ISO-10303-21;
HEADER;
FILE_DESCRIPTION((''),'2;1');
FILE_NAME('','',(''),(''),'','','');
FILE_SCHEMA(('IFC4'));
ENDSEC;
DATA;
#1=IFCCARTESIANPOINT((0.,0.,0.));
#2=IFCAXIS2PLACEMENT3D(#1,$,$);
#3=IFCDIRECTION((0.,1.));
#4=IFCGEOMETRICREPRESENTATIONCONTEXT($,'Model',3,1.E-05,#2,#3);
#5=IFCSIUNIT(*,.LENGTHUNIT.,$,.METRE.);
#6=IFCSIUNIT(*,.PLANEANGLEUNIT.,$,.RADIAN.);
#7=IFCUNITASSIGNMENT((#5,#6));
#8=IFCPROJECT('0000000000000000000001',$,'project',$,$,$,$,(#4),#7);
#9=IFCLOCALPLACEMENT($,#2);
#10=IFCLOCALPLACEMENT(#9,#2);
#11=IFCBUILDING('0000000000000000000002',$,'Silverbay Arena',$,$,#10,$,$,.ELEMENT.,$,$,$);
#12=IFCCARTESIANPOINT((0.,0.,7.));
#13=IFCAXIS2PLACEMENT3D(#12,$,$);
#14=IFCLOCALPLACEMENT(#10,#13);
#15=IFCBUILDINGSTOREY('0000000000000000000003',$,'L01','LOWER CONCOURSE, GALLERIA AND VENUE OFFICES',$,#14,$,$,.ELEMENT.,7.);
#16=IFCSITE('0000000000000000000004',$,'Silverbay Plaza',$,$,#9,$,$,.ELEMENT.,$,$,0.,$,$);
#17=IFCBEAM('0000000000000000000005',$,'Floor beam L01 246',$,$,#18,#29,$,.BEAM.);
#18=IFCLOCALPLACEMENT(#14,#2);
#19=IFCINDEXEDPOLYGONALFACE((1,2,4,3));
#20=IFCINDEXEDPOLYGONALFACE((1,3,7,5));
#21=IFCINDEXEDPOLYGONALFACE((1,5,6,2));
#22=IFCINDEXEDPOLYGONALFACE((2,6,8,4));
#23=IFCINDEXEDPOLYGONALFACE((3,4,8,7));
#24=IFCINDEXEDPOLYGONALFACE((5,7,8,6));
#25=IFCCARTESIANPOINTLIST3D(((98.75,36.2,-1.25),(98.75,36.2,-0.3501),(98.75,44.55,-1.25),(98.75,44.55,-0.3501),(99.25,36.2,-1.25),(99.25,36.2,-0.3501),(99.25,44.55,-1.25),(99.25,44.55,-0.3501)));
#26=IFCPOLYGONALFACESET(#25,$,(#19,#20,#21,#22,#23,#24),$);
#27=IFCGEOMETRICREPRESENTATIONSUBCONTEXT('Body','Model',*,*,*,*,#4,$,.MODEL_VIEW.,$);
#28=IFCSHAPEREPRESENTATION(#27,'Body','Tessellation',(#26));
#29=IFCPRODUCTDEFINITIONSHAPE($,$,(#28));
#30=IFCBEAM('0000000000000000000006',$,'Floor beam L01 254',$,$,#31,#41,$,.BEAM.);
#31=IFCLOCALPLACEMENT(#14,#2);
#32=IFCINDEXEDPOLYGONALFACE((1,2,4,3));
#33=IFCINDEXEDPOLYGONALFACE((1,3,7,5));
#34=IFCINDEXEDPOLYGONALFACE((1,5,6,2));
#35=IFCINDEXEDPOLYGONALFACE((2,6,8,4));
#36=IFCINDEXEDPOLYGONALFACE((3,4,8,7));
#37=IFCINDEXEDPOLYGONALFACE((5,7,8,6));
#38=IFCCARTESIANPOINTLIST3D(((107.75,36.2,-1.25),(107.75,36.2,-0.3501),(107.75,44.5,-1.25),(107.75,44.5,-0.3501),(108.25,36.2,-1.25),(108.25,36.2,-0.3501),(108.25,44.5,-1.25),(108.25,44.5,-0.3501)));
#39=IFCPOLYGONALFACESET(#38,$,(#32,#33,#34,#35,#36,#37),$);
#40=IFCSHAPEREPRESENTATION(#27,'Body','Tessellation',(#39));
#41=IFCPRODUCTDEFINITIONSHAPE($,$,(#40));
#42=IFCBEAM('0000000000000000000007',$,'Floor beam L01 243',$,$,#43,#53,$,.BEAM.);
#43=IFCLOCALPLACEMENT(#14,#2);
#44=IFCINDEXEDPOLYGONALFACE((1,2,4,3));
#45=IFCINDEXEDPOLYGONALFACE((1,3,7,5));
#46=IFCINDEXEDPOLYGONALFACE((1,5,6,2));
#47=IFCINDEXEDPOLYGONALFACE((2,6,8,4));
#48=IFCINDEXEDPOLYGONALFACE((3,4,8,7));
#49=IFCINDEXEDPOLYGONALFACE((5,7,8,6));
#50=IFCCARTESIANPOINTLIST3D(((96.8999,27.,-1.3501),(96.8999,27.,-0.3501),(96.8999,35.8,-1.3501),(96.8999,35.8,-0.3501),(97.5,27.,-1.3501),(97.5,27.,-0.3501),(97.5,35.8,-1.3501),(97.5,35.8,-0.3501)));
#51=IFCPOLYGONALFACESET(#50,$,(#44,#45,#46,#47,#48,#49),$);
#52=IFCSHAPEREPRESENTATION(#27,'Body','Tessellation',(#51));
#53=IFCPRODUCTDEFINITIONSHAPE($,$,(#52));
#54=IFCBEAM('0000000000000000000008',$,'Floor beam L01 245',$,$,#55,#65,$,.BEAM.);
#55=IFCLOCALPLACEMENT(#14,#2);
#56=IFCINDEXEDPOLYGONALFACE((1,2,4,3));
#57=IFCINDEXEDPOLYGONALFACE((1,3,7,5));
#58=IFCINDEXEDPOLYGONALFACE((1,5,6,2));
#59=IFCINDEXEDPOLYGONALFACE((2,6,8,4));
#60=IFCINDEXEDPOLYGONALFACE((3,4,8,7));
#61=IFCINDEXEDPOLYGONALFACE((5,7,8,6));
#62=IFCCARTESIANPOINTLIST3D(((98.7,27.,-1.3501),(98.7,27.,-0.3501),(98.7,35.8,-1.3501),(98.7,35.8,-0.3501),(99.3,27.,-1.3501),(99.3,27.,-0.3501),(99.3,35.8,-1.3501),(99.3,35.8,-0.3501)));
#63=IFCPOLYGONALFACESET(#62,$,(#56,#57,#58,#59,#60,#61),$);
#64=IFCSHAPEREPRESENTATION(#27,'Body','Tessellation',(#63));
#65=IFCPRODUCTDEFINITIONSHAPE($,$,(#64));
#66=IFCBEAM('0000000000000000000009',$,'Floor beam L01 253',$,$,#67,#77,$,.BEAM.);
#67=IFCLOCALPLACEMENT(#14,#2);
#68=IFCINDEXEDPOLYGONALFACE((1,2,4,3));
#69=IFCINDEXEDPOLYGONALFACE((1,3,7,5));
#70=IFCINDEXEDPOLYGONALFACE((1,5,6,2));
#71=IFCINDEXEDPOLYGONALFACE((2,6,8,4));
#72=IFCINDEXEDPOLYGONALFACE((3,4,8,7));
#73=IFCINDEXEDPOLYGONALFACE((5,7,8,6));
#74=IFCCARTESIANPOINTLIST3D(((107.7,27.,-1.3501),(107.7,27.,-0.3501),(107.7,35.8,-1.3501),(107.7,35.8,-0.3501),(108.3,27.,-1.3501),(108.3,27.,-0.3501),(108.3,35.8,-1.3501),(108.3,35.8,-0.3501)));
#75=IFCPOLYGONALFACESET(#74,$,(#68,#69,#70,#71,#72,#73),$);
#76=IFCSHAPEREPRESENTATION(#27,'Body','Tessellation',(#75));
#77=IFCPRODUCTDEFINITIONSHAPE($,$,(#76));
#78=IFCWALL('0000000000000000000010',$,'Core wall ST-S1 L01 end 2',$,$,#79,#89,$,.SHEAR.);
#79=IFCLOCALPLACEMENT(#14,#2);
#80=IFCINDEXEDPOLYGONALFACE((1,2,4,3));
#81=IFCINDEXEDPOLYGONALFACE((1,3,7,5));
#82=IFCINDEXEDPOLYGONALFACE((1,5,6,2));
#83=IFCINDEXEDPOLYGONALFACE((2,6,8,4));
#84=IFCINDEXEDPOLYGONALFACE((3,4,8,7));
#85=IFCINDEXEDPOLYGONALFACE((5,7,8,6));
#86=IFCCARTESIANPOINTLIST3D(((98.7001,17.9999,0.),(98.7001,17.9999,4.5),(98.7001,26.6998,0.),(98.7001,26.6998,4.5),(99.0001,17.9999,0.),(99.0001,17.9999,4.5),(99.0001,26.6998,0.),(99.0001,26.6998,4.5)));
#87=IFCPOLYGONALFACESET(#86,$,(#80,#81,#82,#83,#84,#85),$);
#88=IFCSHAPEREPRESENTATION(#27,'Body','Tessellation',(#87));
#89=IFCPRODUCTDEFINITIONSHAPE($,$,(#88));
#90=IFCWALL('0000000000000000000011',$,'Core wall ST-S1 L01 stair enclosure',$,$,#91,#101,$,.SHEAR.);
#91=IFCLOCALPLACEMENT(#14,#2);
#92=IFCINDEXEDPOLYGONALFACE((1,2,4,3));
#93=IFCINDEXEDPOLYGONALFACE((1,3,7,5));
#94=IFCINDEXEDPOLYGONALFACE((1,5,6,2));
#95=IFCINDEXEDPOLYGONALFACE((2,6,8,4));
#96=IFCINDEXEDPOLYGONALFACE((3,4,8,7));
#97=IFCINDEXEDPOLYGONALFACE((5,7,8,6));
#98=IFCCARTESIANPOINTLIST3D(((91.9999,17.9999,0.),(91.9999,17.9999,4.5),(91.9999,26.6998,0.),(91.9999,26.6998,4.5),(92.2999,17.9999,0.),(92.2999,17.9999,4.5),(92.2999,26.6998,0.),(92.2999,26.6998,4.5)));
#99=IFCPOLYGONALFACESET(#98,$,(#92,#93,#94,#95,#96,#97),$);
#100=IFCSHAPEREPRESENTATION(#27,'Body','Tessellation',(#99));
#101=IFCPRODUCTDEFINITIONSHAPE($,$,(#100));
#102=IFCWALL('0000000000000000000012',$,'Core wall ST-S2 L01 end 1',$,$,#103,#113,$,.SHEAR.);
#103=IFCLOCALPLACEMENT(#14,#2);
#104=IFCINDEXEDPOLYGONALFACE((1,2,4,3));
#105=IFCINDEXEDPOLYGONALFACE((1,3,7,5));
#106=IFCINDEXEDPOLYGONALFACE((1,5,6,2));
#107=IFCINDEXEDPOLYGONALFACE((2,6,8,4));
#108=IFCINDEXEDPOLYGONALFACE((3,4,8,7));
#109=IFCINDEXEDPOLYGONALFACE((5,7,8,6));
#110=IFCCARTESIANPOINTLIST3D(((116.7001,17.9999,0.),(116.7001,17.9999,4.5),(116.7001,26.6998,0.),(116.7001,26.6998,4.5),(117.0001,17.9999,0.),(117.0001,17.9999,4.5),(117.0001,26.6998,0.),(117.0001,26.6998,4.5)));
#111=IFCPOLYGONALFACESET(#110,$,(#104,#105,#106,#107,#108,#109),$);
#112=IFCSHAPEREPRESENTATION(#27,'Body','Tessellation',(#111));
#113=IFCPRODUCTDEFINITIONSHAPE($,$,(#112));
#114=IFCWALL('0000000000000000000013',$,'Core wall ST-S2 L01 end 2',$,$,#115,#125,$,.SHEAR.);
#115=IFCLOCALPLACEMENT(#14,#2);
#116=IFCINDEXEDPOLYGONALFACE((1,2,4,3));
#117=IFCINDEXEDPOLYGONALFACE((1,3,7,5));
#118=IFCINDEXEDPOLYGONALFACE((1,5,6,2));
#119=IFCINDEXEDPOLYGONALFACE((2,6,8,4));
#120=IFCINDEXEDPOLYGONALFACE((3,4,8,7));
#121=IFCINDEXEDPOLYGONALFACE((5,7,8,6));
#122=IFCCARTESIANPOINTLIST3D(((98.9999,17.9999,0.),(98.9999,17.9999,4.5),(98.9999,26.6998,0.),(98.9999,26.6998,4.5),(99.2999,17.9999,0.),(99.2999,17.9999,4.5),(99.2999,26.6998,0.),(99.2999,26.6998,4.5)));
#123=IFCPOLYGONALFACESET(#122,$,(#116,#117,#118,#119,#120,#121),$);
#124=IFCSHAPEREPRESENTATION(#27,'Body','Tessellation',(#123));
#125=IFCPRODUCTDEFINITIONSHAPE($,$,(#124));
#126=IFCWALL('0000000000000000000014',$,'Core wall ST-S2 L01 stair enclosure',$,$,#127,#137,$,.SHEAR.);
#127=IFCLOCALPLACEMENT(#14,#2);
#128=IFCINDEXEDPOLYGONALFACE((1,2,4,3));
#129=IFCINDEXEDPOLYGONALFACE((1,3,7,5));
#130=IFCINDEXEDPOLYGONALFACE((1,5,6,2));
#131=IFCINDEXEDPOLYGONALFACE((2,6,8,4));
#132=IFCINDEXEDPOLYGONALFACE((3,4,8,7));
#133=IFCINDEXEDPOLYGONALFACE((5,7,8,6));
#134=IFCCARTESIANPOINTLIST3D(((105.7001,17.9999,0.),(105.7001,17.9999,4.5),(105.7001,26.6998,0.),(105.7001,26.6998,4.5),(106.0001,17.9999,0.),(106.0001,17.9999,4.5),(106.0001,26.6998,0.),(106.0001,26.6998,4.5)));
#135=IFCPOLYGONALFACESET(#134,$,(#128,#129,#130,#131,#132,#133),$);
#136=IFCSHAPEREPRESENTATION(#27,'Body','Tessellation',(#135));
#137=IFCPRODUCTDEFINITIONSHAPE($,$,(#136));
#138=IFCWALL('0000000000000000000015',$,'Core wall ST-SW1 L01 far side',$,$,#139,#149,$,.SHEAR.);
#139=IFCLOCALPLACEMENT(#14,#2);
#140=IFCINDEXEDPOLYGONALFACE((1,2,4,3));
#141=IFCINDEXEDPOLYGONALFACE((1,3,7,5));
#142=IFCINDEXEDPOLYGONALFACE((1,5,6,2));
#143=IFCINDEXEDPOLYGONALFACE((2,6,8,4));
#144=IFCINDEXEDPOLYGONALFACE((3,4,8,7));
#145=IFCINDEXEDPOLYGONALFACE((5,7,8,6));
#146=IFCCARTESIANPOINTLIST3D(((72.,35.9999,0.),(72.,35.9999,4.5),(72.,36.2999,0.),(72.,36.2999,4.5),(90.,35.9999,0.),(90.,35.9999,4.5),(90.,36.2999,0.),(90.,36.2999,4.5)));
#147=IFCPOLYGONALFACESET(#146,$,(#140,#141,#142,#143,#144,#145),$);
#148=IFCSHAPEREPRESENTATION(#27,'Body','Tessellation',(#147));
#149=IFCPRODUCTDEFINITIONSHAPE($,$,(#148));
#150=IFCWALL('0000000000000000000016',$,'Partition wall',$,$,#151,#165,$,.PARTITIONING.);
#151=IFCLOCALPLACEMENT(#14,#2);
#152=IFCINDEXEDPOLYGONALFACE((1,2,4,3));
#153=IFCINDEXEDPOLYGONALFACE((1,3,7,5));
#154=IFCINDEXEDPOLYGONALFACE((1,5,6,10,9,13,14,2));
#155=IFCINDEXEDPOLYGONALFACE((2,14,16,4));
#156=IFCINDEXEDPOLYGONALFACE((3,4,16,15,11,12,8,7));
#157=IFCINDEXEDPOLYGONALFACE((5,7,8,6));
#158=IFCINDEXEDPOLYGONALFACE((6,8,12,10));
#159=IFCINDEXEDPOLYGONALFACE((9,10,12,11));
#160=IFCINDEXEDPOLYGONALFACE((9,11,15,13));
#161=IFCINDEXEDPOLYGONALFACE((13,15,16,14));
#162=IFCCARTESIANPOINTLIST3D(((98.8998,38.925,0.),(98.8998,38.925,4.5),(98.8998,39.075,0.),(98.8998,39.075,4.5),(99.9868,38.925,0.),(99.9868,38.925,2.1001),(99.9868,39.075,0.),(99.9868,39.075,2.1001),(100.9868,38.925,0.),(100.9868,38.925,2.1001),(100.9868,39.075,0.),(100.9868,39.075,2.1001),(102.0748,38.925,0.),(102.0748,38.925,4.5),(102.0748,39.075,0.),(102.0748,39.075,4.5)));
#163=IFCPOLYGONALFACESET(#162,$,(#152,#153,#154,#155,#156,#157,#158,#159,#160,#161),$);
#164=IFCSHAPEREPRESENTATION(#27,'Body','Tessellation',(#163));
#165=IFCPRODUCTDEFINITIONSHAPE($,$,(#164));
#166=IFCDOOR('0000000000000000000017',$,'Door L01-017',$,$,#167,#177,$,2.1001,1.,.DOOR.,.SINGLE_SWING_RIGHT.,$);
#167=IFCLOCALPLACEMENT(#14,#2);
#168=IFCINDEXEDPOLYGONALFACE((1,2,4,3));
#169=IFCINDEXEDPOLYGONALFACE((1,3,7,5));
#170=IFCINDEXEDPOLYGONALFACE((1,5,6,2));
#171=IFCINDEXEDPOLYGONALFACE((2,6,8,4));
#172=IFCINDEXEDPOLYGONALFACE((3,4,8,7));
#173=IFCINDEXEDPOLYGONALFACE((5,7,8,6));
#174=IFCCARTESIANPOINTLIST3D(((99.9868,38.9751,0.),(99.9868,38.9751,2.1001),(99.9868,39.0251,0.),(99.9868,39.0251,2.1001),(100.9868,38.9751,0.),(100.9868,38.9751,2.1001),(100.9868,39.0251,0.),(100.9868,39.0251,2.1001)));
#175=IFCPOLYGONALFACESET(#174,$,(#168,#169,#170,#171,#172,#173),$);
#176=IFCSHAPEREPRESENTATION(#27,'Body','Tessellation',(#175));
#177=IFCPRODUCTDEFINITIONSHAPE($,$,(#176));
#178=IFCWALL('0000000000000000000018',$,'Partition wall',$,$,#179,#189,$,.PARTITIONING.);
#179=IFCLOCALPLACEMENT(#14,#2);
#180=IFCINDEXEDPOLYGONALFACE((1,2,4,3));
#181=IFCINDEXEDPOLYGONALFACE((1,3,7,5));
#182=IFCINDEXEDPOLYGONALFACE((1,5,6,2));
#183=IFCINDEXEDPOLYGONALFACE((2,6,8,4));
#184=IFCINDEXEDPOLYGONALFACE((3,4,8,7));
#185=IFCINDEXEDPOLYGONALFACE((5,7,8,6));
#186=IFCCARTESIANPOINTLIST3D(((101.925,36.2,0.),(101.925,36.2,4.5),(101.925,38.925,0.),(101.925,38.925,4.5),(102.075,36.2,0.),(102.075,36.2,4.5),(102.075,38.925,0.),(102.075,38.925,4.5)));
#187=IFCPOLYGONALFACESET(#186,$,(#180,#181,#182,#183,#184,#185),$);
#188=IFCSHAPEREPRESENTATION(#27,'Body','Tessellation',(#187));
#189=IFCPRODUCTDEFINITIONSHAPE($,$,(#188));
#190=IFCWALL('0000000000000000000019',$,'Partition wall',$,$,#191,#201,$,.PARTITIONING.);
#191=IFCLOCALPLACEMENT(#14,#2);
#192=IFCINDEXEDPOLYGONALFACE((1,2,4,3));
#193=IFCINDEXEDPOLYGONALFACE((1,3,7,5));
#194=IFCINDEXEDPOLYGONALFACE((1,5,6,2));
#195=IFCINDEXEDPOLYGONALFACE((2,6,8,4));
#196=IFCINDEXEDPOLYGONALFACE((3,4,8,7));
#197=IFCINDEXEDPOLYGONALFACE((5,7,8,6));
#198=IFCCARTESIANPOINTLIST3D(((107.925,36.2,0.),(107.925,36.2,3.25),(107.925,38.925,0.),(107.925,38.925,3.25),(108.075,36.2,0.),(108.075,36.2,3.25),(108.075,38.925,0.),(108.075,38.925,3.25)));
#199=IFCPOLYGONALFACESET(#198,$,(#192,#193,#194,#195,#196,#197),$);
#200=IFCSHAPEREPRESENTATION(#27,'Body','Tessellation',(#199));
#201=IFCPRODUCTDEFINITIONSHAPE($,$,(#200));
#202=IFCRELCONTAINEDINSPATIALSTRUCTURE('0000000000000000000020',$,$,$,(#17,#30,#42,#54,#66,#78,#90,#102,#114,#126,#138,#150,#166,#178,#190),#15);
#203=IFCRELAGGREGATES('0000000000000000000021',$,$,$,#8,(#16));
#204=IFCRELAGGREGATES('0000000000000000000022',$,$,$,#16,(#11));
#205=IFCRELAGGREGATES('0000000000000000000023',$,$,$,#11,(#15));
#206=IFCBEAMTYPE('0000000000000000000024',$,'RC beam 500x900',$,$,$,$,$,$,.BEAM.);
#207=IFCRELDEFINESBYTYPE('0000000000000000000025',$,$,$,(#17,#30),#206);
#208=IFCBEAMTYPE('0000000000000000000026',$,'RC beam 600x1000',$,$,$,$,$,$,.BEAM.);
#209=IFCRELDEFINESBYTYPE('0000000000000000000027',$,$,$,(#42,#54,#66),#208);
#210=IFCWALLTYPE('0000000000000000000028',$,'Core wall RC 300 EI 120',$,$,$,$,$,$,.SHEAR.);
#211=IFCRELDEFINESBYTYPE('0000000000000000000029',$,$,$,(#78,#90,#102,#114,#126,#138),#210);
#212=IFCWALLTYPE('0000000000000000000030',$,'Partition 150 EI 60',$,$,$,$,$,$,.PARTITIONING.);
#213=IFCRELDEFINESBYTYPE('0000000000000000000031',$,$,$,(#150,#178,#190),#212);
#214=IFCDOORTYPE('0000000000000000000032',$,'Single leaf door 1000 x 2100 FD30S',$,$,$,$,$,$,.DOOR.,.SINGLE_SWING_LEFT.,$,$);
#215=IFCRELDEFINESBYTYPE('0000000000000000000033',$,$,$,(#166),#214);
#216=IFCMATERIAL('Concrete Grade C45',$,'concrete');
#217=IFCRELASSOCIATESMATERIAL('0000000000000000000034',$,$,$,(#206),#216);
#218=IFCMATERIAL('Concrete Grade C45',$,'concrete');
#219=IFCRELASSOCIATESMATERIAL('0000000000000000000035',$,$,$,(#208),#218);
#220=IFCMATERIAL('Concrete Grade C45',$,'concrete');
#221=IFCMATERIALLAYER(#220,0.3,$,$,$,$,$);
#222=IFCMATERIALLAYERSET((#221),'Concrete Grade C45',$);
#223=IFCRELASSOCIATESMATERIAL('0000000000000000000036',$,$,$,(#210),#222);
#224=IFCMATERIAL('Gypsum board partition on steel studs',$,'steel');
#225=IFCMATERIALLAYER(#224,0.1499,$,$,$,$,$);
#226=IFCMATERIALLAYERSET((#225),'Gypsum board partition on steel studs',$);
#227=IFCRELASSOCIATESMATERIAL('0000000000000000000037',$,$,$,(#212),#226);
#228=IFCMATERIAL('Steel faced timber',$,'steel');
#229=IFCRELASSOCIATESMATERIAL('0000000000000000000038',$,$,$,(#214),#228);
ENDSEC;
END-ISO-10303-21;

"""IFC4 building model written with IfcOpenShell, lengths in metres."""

from ifc_helpers import new_model, si_unit, direction, frame, frame_2d, origin, origin_2d, place, context, subcontext, project, spatial, rectangle, extrude, material, layer, layer_set, material_profile, profile_set, type_object, element, fill, save


model = new_model("IFC4")

# Units and contexts
model_context = context("Model", 3, precision=1e-05, world=origin(), true_north=direction((0.0, 1.0)))
body_context = subcontext(model_context, "Body", "Model", "MODEL_VIEW")
ifc_project = project(units=[si_unit("LENGTHUNIT", "METRE"), si_unit("PLANEANGLEUNIT", "RADIAN")], contexts=[model_context])

# Site, building, storey
site_placement = place(None, origin())
site = spatial("IfcSite", under=ifc_project, at=site_placement, Name="Silverbay Plaza", CompositionType="ELEMENT", RefElevation=0.0)
building_placement = place(site_placement, origin())
building = spatial("IfcBuilding", under=site, at=building_placement, Name="Silverbay Arena", CompositionType="ELEMENT")
storey_placement = place(building_placement, frame((0.0, 0.0, 7.0)))
storey = spatial("IfcBuildingStorey", under=building, at=storey_placement, Name="L01", Description="LOWER CONCOURSE, GALLERIA AND VENUE OFFICES", CompositionType="ELEMENT", Elevation=7.0)

# Beams
ifc_material_1 = material(Name="Concrete Grade C45", Category="concrete")
ifc_material_profile_1 = material_profile(ifc_material_1, rectangle(XDim=0.5, YDim=0.8999, at=origin_2d()), Name="RC 500x900")
ifc_profile_set_1 = profile_set([ifc_material_profile_1], Name="Concrete Grade C45")
beam_type_1 = type_object("IfcBeamType", Name="RC beam 500x900", PredefinedType="BEAM", material=ifc_profile_set_1)
beam_1_placement = place(storey_placement, frame((99.0, 36.2, -0.8), z_axis=(0.0, 1.0, 0.0), x_axis=(-1.0, 0.0, 0.0)))
element("IfcBeam", 1, at=beam_1_placement, inside=storey, type_object=beam_type_1, Name="Floor beam L01 246", PredefinedType="BEAM", context=body_context, shape_type="SweptSolid", body=[
    extrude(rectangle(XDim=0.5, YDim=0.8999, at=origin_2d()), origin(), (0.0, 0.0, 1.0), 8.3501),
])
beam_2_placement = place(storey_placement, frame((108.0, 36.2, -0.8), z_axis=(0.0, 1.0, 0.0), x_axis=(-1.0, 0.0, 0.0)))
element("IfcBeam", 2, at=beam_2_placement, inside=storey, type_object=beam_type_1, Name="Floor beam L01 254", PredefinedType="BEAM", context=body_context, shape_type="SweptSolid", body=[
    extrude(rectangle(XDim=0.5, YDim=0.8999, at=origin_2d()), origin(), (0.0, 0.0, 1.0), 8.3),
])
ifc_material_2 = material(Name="Concrete Grade C45", Category="concrete")
ifc_material_profile_2 = material_profile(ifc_material_2, rectangle(XDim=0.6001, YDim=1.0, at=origin_2d()), Name="RC 600x1000")
ifc_profile_set_2 = profile_set([ifc_material_profile_2], Name="Concrete Grade C45")
beam_type_2 = type_object("IfcBeamType", Name="RC beam 600x1000", PredefinedType="BEAM", material=ifc_profile_set_2)
for number, where, z_axis, x_axis, name in (
    (3, (97.2, 27.0, -0.8501), (0.0, 1.0, 0.0), (-1.0, 0.0, 0.0), "Floor beam L01 243"),
    (4, (99.0, 27.0, -0.8501), (0.0, 1.0, 0.0), (-1.0, 0.0, 0.0), "Floor beam L01 245"),
    (5, (108.0, 27.0, -0.8501), (0.0, 1.0, 0.0), (-1.0, 0.0, 0.0), "Floor beam L01 253"),
):
    element("IfcBeam", number, at=place(storey_placement, frame(where, z_axis=z_axis, x_axis=x_axis)), inside=storey, type_object=beam_type_2, Name=name, PredefinedType="BEAM", context=body_context, shape_type="SweptSolid", body=[
        extrude(rectangle(XDim=0.6001, YDim=1.0, at=origin_2d()), origin(), (0.0, 0.0, 1.0), 8.8),
    ])

# Walls
ifc_material_3 = material(Name="Concrete Grade C45", Category="concrete")
ifc_layer_1 = layer(ifc_material_3, 0.3)
ifc_layer_set_1 = layer_set([ifc_layer_1], Name="Concrete Grade C45")
wall_type_1 = type_object("IfcWallType", Name="Core wall RC 300 EI 120", PredefinedType="SHEAR", material=ifc_layer_set_1)
for number, where, z_axis, x_axis, name in (
    (6, (98.8501, 26.7, 0.0), (0.0, 0.0, 1.0), (0.0, -1.0, 0.0), "Core wall ST-S1 L01 end 2"),
    (7, (92.1499, 26.7, 0.0), (0.0, 0.0, 1.0), (0.0, -1.0, 0.0), "Core wall ST-S1 L01 stair enclosure"),
    (8, (116.8501, 26.7, 0.0), (0.0, 0.0, 1.0), (0.0, -1.0, 0.0), "Core wall ST-S2 L01 end 1"),
    (9, (99.1499, 26.7, 0.0), (0.0, 0.0, 1.0), (0.0, -1.0, 0.0), "Core wall ST-S2 L01 end 2"),
    (10, (105.8501, 26.7, 0.0), (0.0, 0.0, 1.0), (0.0, -1.0, 0.0), "Core wall ST-S2 L01 stair enclosure"),
):
    element("IfcWall", number, at=place(storey_placement, frame(where, z_axis=z_axis, x_axis=x_axis)), inside=storey, type_object=wall_type_1, Name=name, PredefinedType="SHEAR", context=body_context, shape_type="SweptSolid", body=[
        extrude(rectangle(XDim=8.7, YDim=0.3, at=frame_2d((4.3501, 0.0))), origin(), (0.0, 0.0, 1.0), 4.5),
    ])
wall_1_placement = place(storey_placement, frame((90.0, 36.1499, 0.0), z_axis=(0.0, 0.0, 1.0), x_axis=(-1.0, 0.0, 0.0)))
element("IfcWall", 11, at=wall_1_placement, inside=storey, type_object=wall_type_1, Name="Core wall ST-SW1 L01 far side", PredefinedType="SHEAR", context=body_context, shape_type="SweptSolid", body=[
    extrude(rectangle(XDim=18.0, YDim=0.3, at=frame_2d((9.0, 0.0))), origin(), (0.0, 0.0, 1.0), 4.5),
])

# Wall, opening, door
ifc_material_4 = material(Name="Gypsum board partition on steel studs", Category="steel")
ifc_layer_2 = layer(ifc_material_4, 0.1499)
ifc_layer_set_2 = layer_set([ifc_layer_2], Name="Gypsum board partition on steel studs")
wall_type_2 = type_object("IfcWallType", Name="Partition 150 EI 60", PredefinedType="PARTITIONING", material=ifc_layer_set_2)
wall_2_placement = place(storey_placement, frame((98.8999, 39.0, 0.0), z_axis=(0.0, 0.0, 1.0), x_axis=(1.0, 0.0, 0.0)))
wall_2 = element("IfcWall", 12, at=wall_2_placement, inside=storey, type_object=wall_type_2, Name="Partition wall", PredefinedType="PARTITIONING", context=body_context, shape_type="SweptSolid", body=[
    extrude(rectangle(XDim=3.175, YDim=0.1499, at=frame_2d((1.5874, 0.0))), origin(), (0.0, 0.0, 1.0), 4.5),
])
opening_1_placement = place(wall_2_placement, frame((1.0869, 0.0, 0.0)))
opening_1 = element("IfcOpeningElement", 13, at=opening_1_placement, cuts=wall_2, PredefinedType="OPENING", context=body_context, shape_type="SweptSolid", body=[
    extrude(rectangle(XDim=1.0, YDim=2.1001, at=frame_2d((0.5, 1.05))), frame((0.0, 0.085, 0.0), z_axis=(0.0, -1.0, 0.0), x_axis=(1.0, 0.0, 0.0)), (0.0, 0.0, 1.0), 0.1699),
])
ifc_material_5 = material(Name="Steel faced timber", Category="steel")
door_type_1 = type_object("IfcDoorType", Name="Single leaf door 1000 x 2100 FD30S", OperationType="SINGLE_SWING_LEFT", PredefinedType="DOOR", material=ifc_material_5)
door_1_placement = place(opening_1_placement, frame((1.0, 0.0, 0.0), z_axis=(0.0, 0.0, 1.0), x_axis=(-1.0, 0.0, 0.0)))
door_1 = element("IfcDoor", 14, at=door_1_placement, inside=storey, type_object=door_type_1, Name="Door L01-017", OperationType="SINGLE_SWING_RIGHT", OverallHeight=2.1001, OverallWidth=1.0, PredefinedType="DOOR", context=body_context, shape_type="SweptSolid", body=[
    extrude(rectangle(XDim=1.0, YDim=2.1001, at=frame_2d((0.5, 1.05))), frame((0.0, 0.0249, 0.0), z_axis=(0.0, -1.0, 0.0), x_axis=(1.0, 0.0, 0.0)), (0.0, 0.0, 1.0), 0.05),
])
fill(opening_1, door_1)

# Walls
wall_3_placement = place(storey_placement, frame((102.0, 36.2, 0.0), z_axis=(0.0, 0.0, 1.0), x_axis=(0.0, 1.0, 0.0)))
element("IfcWall", 15, at=wall_3_placement, inside=storey, type_object=wall_type_2, Name="Partition wall", PredefinedType="PARTITIONING", context=body_context, shape_type="SweptSolid", body=[
    extrude(rectangle(XDim=2.7251, YDim=0.1499, at=frame_2d((1.3625, 0.0))), origin(), (0.0, 0.0, 1.0), 4.5),
])
wall_4_placement = place(storey_placement, frame((108.0, 36.2, 0.0), z_axis=(0.0, 0.0, 1.0), x_axis=(0.0, 1.0, 0.0)))
element("IfcWall", 16, at=wall_4_placement, inside=storey, type_object=wall_type_2, Name="Partition wall", PredefinedType="PARTITIONING", context=body_context, shape_type="SweptSolid", body=[
    extrude(rectangle(XDim=2.7251, YDim=0.1499, at=frame_2d((1.3625, 0.0))), origin(), (0.0, 0.0, 1.0), 3.25),
])

save(model, "model.ifc")
